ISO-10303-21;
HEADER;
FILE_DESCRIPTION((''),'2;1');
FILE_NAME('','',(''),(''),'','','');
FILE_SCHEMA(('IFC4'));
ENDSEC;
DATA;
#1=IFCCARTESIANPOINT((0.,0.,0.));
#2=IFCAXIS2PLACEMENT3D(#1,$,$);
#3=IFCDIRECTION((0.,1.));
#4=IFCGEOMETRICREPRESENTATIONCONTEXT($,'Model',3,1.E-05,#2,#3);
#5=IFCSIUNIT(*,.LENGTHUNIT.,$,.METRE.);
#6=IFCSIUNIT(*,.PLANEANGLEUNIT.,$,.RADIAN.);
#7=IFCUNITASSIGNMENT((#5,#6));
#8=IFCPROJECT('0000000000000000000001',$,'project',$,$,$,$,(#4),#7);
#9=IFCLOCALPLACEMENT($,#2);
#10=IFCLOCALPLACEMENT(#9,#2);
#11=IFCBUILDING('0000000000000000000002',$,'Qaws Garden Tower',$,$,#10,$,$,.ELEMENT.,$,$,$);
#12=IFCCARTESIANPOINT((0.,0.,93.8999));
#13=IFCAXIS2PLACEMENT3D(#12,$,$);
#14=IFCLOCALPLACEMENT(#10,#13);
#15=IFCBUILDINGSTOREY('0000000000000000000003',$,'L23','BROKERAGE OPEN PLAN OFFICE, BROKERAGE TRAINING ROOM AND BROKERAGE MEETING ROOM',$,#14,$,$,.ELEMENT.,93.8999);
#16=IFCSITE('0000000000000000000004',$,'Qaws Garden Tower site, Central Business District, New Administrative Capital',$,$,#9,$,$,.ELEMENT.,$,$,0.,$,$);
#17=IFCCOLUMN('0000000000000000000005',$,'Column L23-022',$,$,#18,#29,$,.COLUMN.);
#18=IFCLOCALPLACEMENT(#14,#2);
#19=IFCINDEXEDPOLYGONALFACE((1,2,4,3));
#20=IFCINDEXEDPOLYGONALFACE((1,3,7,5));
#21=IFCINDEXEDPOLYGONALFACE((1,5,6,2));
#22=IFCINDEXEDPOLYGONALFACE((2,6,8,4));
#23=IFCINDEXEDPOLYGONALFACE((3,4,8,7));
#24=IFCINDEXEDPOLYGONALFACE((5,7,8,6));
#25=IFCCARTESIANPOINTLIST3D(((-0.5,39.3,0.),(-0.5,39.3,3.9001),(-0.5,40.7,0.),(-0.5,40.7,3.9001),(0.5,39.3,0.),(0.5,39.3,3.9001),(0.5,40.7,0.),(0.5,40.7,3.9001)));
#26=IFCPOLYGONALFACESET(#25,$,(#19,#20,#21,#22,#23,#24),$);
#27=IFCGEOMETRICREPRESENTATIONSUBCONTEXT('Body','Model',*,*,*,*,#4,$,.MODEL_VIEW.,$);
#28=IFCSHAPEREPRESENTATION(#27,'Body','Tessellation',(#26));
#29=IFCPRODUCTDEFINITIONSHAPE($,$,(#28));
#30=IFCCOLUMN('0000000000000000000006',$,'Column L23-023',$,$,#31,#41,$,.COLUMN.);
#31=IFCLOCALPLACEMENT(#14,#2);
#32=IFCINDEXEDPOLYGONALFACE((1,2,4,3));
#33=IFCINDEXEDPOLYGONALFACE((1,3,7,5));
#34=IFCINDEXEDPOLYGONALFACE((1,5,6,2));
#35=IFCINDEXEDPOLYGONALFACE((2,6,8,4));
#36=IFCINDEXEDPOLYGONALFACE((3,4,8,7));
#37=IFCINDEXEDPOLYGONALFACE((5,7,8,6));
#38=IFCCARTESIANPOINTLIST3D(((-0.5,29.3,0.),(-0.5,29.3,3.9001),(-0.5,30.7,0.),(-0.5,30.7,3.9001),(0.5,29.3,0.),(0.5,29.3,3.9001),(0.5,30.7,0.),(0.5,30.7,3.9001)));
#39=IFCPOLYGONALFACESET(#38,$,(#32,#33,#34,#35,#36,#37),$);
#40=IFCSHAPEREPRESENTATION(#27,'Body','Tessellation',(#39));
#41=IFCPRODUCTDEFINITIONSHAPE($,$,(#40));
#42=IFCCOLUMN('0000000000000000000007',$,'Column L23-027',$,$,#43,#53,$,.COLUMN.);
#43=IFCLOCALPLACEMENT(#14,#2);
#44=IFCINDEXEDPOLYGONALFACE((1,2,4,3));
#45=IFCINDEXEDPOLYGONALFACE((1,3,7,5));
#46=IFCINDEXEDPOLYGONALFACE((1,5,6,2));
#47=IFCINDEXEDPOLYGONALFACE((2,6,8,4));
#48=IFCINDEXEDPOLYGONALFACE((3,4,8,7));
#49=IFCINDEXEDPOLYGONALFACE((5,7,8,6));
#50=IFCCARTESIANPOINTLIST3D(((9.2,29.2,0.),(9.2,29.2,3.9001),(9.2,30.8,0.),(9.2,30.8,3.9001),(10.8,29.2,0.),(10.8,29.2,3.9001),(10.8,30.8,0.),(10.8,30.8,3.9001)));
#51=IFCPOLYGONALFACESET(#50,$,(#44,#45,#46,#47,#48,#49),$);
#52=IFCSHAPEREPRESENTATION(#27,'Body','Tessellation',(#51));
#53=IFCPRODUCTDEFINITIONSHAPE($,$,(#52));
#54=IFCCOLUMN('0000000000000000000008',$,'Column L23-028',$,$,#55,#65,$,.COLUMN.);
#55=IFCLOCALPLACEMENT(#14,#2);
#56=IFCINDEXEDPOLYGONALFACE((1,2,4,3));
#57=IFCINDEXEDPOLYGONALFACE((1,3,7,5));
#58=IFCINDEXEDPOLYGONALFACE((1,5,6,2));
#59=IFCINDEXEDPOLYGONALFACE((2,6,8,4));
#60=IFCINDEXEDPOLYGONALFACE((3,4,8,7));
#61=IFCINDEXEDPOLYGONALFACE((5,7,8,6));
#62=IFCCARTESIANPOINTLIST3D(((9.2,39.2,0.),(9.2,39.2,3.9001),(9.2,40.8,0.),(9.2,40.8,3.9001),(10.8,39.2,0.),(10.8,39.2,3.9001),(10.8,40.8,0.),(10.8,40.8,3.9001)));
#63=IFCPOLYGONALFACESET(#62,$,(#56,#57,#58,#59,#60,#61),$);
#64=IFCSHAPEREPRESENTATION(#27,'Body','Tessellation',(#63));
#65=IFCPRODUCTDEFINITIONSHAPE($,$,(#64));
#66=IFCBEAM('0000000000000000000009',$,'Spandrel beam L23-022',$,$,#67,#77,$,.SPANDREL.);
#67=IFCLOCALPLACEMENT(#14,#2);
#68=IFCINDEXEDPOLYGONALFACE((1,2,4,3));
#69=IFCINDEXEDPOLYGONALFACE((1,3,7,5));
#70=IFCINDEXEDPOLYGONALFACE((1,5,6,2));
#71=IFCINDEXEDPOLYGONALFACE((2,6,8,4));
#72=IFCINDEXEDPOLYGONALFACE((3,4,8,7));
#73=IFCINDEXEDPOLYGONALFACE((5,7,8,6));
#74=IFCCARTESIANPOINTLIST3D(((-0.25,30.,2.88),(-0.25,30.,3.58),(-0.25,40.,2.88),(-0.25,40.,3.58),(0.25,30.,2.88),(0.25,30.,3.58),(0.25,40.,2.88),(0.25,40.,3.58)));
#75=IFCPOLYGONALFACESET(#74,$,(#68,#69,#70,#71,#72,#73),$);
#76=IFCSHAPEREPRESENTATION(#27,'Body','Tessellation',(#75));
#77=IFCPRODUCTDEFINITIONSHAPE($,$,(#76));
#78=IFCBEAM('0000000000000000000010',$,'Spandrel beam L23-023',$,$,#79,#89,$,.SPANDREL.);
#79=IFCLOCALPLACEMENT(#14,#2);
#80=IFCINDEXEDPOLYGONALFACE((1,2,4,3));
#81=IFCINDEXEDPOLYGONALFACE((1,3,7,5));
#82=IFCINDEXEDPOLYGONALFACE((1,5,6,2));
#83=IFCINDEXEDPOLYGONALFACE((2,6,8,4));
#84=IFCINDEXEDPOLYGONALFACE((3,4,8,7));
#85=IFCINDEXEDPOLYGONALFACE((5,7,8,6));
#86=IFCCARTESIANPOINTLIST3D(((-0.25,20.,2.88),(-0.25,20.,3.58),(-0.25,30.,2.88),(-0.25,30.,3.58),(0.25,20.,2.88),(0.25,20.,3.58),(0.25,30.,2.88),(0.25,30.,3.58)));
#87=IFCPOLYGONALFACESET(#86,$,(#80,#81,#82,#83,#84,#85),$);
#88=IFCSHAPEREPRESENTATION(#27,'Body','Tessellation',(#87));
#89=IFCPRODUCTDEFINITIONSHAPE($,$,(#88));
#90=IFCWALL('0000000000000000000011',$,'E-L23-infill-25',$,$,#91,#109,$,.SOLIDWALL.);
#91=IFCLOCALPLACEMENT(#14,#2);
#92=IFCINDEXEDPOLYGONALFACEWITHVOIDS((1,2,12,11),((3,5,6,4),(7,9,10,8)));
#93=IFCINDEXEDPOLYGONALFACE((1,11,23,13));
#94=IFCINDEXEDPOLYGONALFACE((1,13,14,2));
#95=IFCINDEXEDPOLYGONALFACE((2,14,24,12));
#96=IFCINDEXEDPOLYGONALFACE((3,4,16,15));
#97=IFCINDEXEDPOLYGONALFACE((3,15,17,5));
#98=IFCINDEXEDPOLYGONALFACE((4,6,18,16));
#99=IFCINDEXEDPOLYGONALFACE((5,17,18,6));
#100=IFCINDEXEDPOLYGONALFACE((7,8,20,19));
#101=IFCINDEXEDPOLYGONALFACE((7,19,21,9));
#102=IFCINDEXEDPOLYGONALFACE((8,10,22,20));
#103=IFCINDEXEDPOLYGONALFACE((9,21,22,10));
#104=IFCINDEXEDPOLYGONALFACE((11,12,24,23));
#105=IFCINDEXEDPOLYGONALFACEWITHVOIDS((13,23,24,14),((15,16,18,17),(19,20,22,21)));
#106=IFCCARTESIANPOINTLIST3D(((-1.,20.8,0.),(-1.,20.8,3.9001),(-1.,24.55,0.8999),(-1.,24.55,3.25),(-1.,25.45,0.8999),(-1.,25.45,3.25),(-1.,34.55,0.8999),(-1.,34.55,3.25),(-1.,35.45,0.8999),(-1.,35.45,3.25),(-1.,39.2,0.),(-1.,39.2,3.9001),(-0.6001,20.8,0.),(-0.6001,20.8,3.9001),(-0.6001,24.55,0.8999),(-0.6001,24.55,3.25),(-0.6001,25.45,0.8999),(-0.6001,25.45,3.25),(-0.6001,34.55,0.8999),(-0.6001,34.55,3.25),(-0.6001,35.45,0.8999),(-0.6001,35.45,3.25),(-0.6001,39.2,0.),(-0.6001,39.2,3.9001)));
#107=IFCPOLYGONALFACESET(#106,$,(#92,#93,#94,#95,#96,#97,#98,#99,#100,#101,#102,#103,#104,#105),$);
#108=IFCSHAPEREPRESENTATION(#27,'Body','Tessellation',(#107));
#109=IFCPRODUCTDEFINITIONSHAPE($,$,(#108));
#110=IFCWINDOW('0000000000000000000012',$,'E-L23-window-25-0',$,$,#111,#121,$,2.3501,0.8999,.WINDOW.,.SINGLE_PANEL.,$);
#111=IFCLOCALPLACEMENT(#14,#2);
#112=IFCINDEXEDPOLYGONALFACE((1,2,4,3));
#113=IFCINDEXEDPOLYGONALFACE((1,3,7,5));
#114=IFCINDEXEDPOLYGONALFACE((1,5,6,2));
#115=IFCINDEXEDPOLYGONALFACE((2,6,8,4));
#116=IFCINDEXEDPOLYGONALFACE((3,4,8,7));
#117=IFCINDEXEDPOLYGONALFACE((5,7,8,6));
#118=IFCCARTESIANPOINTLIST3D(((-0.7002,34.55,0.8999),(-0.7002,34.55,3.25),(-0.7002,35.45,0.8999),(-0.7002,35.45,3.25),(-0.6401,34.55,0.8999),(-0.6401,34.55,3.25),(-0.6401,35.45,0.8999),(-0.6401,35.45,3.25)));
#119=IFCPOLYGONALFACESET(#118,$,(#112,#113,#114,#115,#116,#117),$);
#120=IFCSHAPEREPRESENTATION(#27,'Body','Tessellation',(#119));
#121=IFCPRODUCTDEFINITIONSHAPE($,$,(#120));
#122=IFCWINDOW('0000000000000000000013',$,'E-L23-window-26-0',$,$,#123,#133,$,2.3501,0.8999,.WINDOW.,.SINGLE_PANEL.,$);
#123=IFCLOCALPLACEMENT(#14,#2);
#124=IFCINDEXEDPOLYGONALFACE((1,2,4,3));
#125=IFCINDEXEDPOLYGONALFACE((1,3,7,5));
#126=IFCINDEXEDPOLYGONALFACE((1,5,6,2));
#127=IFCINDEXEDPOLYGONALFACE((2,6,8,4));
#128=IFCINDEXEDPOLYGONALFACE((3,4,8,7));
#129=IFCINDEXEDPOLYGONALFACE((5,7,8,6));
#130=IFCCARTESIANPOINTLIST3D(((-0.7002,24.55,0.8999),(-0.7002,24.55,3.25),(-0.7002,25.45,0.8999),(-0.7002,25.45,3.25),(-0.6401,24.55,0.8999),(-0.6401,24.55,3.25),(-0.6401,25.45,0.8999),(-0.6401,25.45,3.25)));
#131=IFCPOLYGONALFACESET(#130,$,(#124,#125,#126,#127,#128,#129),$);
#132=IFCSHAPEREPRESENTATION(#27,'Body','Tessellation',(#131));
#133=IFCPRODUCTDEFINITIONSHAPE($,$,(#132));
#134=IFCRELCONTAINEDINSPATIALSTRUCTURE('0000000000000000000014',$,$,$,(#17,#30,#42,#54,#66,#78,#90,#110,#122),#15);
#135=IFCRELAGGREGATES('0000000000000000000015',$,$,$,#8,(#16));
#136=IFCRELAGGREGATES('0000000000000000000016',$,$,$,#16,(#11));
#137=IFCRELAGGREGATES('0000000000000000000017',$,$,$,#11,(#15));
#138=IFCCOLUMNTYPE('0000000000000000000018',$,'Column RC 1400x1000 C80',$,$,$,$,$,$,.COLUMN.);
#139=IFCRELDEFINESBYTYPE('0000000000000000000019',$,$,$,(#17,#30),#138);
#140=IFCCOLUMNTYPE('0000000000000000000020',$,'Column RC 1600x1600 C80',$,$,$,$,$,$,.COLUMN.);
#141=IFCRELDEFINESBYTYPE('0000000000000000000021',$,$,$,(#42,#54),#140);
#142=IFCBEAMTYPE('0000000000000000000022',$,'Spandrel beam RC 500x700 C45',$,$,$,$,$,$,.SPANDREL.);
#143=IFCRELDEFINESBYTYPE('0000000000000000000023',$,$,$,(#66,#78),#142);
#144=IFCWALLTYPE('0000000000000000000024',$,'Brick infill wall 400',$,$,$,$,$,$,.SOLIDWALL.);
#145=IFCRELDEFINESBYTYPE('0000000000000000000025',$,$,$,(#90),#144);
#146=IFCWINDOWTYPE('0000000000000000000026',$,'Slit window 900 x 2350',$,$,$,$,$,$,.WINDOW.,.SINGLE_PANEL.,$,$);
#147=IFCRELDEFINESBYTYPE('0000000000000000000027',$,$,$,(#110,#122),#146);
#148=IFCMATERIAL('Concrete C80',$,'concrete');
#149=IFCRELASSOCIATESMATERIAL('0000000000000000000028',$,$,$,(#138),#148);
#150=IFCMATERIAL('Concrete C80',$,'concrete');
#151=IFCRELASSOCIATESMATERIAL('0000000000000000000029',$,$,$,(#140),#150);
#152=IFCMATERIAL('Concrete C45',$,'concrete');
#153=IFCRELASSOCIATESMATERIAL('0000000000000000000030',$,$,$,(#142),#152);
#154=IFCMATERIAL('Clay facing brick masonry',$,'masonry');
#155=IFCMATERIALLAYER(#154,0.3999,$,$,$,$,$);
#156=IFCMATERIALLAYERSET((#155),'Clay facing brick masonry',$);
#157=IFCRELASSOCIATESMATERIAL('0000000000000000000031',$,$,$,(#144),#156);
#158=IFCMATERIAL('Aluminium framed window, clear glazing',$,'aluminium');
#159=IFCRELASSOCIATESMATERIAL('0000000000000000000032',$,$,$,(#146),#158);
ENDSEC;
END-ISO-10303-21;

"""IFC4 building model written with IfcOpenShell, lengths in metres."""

from ifc_helpers import new_model, si_unit, direction, frame, frame_2d, origin, origin_2d, place, context, subcontext, project, spatial, rectangle, extrude, material, layer, layer_set, material_profile, profile_set, type_object, element, fill, save


model = new_model("IFC4")

# Units and contexts
model_context = context("Model", 3, precision=1e-05, world=origin(), true_north=direction((0.0, 1.0)))
body_context = subcontext(model_context, "Body", "Model", "MODEL_VIEW")
ifc_project = project(units=[si_unit("LENGTHUNIT", "METRE"), si_unit("PLANEANGLEUNIT", "RADIAN")], contexts=[model_context])

# Site, building, storey
site_placement = place(None, origin())
site = spatial("IfcSite", under=ifc_project, at=site_placement, Name="Qaws Garden Tower site, Central Business District, New Administrative Capital", CompositionType="ELEMENT", RefElevation=0.0)
building_placement = place(site_placement, origin())
building = spatial("IfcBuilding", under=site, at=building_placement, Name="Qaws Garden Tower", CompositionType="ELEMENT")
storey_placement = place(building_placement, frame((0.0, 0.0, 93.8999)))
storey = spatial("IfcBuildingStorey", under=building, at=storey_placement, Name="L23", Description="BROKERAGE OPEN PLAN OFFICE, BROKERAGE TRAINING ROOM AND BROKERAGE MEETING ROOM", CompositionType="ELEMENT", Elevation=93.8999)

# Columns
ifc_material_1 = material(Name="Concrete C80", Category="concrete")
ifc_material_profile_1 = material_profile(ifc_material_1, rectangle(XDim=1.3999, YDim=1.0, at=origin_2d()), Name="RC 1400x1000")
ifc_profile_set_1 = profile_set([ifc_material_profile_1], Name="Concrete C80")
column_type_1 = type_object("IfcColumnType", Name="Column RC 1400x1000 C80", PredefinedType="COLUMN", material=ifc_profile_set_1)
for number, where, z_axis, x_axis, name in (
    (1, (0.0, 40.0, 0.0), (0.0, 0.0, 1.0), (0.0, 1.0, 0.0), "Column L23-022"),
    (2, (0.0, 30.0, 0.0), (0.0, 0.0, 1.0), (0.0, 1.0, 0.0), "Column L23-023"),
):
    element("IfcColumn", number, at=place(storey_placement, frame(where, z_axis=z_axis, x_axis=x_axis)), inside=storey, type_object=column_type_1, Name=name, PredefinedType="COLUMN", context=body_context, shape_type="SweptSolid", body=[
        extrude(rectangle(XDim=1.3999, YDim=1.0, at=origin_2d()), origin(), (0.0, 0.0, 1.0), 3.9001),
    ])
ifc_material_2 = material(Name="Concrete C80", Category="concrete")
ifc_material_profile_2 = material_profile(ifc_material_2, rectangle(XDim=1.6001, YDim=1.6001, at=origin_2d()), Name="RC 1600x1600")
ifc_profile_set_2 = profile_set([ifc_material_profile_2], Name="Concrete C80")
column_type_2 = type_object("IfcColumnType", Name="Column RC 1600x1600 C80", PredefinedType="COLUMN", material=ifc_profile_set_2)
for number, where, z_axis, x_axis, name in (
    (3, (10.0, 30.0, 0.0), (0.0, 0.0, 1.0), (1.0, 0.0, 0.0), "Column L23-027"),
    (4, (10.0, 40.0, 0.0), (0.0, 0.0, 1.0), (1.0, 0.0, 0.0), "Column L23-028"),
):
    element("IfcColumn", number, at=place(storey_placement, frame(where, z_axis=z_axis, x_axis=x_axis)), inside=storey, type_object=column_type_2, Name=name, PredefinedType="COLUMN", context=body_context, shape_type="SweptSolid", body=[
        extrude(rectangle(XDim=1.6001, YDim=1.6001, at=origin_2d()), origin(), (0.0, 0.0, 1.0), 3.9001),
    ])

# Beams
ifc_material_3 = material(Name="Concrete C45", Category="concrete")
ifc_material_profile_3 = material_profile(ifc_material_3, rectangle(XDim=0.5, YDim=0.7, at=origin_2d()), Name="RC 500x700")
ifc_profile_set_3 = profile_set([ifc_material_profile_3], Name="Concrete C45")
beam_type = type_object("IfcBeamType", Name="Spandrel beam RC 500x700 C45", PredefinedType="SPANDREL", material=ifc_profile_set_3)
for number, where, z_axis, x_axis, name in (
    (5, (0.0, 40.0, 3.23), (0.0, -1.0, 0.0), (1.0, 0.0, 0.0), "Spandrel beam L23-022"),
    (6, (0.0, 30.0, 3.23), (0.0, -1.0, 0.0), (1.0, 0.0, 0.0), "Spandrel beam L23-023"),
):
    element("IfcBeam", number, at=place(storey_placement, frame(where, z_axis=z_axis, x_axis=x_axis)), inside=storey, type_object=beam_type, Name=name, PredefinedType="SPANDREL", context=body_context, shape_type="SweptSolid", body=[
        extrude(rectangle(XDim=0.5, YDim=0.7, at=origin_2d()), origin(), (0.0, 0.0, 1.0), 10.0),
    ])

# Wall, openings, windows
ifc_material_4 = material(Name="Clay facing brick masonry", Category="masonry")
ifc_layer_1 = layer(ifc_material_4, 0.3999)
ifc_layer_set_1 = layer_set([ifc_layer_1], Name="Clay facing brick masonry")
wall_type_1 = type_object("IfcWallType", Name="Brick infill wall 400", PredefinedType="SOLIDWALL", material=ifc_layer_set_1)
wall_1_placement = place(storey_placement, frame((-0.8, 39.2, 0.0), z_axis=(0.0, 0.0, 1.0), x_axis=(0.0, -1.0, 0.0)))
wall_1 = element("IfcWall", 7, at=wall_1_placement, inside=storey, type_object=wall_type_1, Name="E-L23-infill-25", PredefinedType="SOLIDWALL", context=body_context, shape_type="SweptSolid", body=[
    extrude(rectangle(XDim=18.3999, YDim=0.3999, at=frame_2d((9.2, 0.0))), origin(), (0.0, 0.0, 1.0), 3.9001),
])
opening_1_placement = place(wall_1_placement, frame((3.75, 0.0, 0.8999)))
opening_1 = element("IfcOpeningElement", 8, at=opening_1_placement, cuts=wall_1, PredefinedType="OPENING", context=body_context, shape_type="SweptSolid", body=[
    extrude(rectangle(XDim=0.8999, YDim=2.3501, at=frame_2d((0.45, 1.175))), frame((0.0, 0.21, 0.0), z_axis=(0.0, -1.0, 0.0), x_axis=(1.0, 0.0, 0.0)), (0.0, 0.0, 1.0), 0.4199),
])
opening_2_placement = place(wall_1_placement, frame((13.75, 0.0, 0.8999)))
opening_2 = element("IfcOpeningElement", 9, at=opening_2_placement, cuts=wall_1, PredefinedType="OPENING", context=body_context, shape_type="SweptSolid", body=[
    extrude(rectangle(XDim=0.8999, YDim=2.3501, at=frame_2d((0.45, 1.175))), frame((0.0, 0.21, 0.0), z_axis=(0.0, -1.0, 0.0), x_axis=(1.0, 0.0, 0.0)), (0.0, 0.0, 1.0), 0.4199),
])
ifc_material_5 = material(Name="Aluminium framed window, clear glazing", Category="aluminium")
window_type = type_object("IfcWindowType", Name="Slit window 900 x 2350", PartitioningType="SINGLE_PANEL", PredefinedType="WINDOW", material=ifc_material_5)
window_1_placement = place(opening_1_placement, origin())
window_1 = element("IfcWindow", 10, at=window_1_placement, inside=storey, type_object=window_type, Name="E-L23-window-25-0", OverallHeight=2.3501, OverallWidth=0.8999, PartitioningType="SINGLE_PANEL", PredefinedType="WINDOW", context=body_context, shape_type="SweptSolid", body=[
    extrude(rectangle(XDim=0.8999, YDim=2.3501, at=frame_2d((0.45, 1.175))), frame((0.0, 0.1599, 0.0), z_axis=(0.0, -1.0, 0.0), x_axis=(1.0, 0.0, 0.0)), (0.0, 0.0, 1.0), 0.0601),
])
fill(opening_1, window_1)
window_2_placement = place(opening_2_placement, origin())
window_2 = element("IfcWindow", 11, at=window_2_placement, inside=storey, type_object=window_type, Name="E-L23-window-26-0", OverallHeight=2.3501, OverallWidth=0.8999, PartitioningType="SINGLE_PANEL", PredefinedType="WINDOW", context=body_context, shape_type="SweptSolid", body=[
    extrude(rectangle(XDim=0.8999, YDim=2.3501, at=frame_2d((0.45, 1.175))), frame((0.0, 0.1599, 0.0), z_axis=(0.0, -1.0, 0.0), x_axis=(1.0, 0.0, 0.0)), (0.0, 0.0, 1.0), 0.0601),
])
fill(opening_2, window_2)

save(model, "model.ifc")
